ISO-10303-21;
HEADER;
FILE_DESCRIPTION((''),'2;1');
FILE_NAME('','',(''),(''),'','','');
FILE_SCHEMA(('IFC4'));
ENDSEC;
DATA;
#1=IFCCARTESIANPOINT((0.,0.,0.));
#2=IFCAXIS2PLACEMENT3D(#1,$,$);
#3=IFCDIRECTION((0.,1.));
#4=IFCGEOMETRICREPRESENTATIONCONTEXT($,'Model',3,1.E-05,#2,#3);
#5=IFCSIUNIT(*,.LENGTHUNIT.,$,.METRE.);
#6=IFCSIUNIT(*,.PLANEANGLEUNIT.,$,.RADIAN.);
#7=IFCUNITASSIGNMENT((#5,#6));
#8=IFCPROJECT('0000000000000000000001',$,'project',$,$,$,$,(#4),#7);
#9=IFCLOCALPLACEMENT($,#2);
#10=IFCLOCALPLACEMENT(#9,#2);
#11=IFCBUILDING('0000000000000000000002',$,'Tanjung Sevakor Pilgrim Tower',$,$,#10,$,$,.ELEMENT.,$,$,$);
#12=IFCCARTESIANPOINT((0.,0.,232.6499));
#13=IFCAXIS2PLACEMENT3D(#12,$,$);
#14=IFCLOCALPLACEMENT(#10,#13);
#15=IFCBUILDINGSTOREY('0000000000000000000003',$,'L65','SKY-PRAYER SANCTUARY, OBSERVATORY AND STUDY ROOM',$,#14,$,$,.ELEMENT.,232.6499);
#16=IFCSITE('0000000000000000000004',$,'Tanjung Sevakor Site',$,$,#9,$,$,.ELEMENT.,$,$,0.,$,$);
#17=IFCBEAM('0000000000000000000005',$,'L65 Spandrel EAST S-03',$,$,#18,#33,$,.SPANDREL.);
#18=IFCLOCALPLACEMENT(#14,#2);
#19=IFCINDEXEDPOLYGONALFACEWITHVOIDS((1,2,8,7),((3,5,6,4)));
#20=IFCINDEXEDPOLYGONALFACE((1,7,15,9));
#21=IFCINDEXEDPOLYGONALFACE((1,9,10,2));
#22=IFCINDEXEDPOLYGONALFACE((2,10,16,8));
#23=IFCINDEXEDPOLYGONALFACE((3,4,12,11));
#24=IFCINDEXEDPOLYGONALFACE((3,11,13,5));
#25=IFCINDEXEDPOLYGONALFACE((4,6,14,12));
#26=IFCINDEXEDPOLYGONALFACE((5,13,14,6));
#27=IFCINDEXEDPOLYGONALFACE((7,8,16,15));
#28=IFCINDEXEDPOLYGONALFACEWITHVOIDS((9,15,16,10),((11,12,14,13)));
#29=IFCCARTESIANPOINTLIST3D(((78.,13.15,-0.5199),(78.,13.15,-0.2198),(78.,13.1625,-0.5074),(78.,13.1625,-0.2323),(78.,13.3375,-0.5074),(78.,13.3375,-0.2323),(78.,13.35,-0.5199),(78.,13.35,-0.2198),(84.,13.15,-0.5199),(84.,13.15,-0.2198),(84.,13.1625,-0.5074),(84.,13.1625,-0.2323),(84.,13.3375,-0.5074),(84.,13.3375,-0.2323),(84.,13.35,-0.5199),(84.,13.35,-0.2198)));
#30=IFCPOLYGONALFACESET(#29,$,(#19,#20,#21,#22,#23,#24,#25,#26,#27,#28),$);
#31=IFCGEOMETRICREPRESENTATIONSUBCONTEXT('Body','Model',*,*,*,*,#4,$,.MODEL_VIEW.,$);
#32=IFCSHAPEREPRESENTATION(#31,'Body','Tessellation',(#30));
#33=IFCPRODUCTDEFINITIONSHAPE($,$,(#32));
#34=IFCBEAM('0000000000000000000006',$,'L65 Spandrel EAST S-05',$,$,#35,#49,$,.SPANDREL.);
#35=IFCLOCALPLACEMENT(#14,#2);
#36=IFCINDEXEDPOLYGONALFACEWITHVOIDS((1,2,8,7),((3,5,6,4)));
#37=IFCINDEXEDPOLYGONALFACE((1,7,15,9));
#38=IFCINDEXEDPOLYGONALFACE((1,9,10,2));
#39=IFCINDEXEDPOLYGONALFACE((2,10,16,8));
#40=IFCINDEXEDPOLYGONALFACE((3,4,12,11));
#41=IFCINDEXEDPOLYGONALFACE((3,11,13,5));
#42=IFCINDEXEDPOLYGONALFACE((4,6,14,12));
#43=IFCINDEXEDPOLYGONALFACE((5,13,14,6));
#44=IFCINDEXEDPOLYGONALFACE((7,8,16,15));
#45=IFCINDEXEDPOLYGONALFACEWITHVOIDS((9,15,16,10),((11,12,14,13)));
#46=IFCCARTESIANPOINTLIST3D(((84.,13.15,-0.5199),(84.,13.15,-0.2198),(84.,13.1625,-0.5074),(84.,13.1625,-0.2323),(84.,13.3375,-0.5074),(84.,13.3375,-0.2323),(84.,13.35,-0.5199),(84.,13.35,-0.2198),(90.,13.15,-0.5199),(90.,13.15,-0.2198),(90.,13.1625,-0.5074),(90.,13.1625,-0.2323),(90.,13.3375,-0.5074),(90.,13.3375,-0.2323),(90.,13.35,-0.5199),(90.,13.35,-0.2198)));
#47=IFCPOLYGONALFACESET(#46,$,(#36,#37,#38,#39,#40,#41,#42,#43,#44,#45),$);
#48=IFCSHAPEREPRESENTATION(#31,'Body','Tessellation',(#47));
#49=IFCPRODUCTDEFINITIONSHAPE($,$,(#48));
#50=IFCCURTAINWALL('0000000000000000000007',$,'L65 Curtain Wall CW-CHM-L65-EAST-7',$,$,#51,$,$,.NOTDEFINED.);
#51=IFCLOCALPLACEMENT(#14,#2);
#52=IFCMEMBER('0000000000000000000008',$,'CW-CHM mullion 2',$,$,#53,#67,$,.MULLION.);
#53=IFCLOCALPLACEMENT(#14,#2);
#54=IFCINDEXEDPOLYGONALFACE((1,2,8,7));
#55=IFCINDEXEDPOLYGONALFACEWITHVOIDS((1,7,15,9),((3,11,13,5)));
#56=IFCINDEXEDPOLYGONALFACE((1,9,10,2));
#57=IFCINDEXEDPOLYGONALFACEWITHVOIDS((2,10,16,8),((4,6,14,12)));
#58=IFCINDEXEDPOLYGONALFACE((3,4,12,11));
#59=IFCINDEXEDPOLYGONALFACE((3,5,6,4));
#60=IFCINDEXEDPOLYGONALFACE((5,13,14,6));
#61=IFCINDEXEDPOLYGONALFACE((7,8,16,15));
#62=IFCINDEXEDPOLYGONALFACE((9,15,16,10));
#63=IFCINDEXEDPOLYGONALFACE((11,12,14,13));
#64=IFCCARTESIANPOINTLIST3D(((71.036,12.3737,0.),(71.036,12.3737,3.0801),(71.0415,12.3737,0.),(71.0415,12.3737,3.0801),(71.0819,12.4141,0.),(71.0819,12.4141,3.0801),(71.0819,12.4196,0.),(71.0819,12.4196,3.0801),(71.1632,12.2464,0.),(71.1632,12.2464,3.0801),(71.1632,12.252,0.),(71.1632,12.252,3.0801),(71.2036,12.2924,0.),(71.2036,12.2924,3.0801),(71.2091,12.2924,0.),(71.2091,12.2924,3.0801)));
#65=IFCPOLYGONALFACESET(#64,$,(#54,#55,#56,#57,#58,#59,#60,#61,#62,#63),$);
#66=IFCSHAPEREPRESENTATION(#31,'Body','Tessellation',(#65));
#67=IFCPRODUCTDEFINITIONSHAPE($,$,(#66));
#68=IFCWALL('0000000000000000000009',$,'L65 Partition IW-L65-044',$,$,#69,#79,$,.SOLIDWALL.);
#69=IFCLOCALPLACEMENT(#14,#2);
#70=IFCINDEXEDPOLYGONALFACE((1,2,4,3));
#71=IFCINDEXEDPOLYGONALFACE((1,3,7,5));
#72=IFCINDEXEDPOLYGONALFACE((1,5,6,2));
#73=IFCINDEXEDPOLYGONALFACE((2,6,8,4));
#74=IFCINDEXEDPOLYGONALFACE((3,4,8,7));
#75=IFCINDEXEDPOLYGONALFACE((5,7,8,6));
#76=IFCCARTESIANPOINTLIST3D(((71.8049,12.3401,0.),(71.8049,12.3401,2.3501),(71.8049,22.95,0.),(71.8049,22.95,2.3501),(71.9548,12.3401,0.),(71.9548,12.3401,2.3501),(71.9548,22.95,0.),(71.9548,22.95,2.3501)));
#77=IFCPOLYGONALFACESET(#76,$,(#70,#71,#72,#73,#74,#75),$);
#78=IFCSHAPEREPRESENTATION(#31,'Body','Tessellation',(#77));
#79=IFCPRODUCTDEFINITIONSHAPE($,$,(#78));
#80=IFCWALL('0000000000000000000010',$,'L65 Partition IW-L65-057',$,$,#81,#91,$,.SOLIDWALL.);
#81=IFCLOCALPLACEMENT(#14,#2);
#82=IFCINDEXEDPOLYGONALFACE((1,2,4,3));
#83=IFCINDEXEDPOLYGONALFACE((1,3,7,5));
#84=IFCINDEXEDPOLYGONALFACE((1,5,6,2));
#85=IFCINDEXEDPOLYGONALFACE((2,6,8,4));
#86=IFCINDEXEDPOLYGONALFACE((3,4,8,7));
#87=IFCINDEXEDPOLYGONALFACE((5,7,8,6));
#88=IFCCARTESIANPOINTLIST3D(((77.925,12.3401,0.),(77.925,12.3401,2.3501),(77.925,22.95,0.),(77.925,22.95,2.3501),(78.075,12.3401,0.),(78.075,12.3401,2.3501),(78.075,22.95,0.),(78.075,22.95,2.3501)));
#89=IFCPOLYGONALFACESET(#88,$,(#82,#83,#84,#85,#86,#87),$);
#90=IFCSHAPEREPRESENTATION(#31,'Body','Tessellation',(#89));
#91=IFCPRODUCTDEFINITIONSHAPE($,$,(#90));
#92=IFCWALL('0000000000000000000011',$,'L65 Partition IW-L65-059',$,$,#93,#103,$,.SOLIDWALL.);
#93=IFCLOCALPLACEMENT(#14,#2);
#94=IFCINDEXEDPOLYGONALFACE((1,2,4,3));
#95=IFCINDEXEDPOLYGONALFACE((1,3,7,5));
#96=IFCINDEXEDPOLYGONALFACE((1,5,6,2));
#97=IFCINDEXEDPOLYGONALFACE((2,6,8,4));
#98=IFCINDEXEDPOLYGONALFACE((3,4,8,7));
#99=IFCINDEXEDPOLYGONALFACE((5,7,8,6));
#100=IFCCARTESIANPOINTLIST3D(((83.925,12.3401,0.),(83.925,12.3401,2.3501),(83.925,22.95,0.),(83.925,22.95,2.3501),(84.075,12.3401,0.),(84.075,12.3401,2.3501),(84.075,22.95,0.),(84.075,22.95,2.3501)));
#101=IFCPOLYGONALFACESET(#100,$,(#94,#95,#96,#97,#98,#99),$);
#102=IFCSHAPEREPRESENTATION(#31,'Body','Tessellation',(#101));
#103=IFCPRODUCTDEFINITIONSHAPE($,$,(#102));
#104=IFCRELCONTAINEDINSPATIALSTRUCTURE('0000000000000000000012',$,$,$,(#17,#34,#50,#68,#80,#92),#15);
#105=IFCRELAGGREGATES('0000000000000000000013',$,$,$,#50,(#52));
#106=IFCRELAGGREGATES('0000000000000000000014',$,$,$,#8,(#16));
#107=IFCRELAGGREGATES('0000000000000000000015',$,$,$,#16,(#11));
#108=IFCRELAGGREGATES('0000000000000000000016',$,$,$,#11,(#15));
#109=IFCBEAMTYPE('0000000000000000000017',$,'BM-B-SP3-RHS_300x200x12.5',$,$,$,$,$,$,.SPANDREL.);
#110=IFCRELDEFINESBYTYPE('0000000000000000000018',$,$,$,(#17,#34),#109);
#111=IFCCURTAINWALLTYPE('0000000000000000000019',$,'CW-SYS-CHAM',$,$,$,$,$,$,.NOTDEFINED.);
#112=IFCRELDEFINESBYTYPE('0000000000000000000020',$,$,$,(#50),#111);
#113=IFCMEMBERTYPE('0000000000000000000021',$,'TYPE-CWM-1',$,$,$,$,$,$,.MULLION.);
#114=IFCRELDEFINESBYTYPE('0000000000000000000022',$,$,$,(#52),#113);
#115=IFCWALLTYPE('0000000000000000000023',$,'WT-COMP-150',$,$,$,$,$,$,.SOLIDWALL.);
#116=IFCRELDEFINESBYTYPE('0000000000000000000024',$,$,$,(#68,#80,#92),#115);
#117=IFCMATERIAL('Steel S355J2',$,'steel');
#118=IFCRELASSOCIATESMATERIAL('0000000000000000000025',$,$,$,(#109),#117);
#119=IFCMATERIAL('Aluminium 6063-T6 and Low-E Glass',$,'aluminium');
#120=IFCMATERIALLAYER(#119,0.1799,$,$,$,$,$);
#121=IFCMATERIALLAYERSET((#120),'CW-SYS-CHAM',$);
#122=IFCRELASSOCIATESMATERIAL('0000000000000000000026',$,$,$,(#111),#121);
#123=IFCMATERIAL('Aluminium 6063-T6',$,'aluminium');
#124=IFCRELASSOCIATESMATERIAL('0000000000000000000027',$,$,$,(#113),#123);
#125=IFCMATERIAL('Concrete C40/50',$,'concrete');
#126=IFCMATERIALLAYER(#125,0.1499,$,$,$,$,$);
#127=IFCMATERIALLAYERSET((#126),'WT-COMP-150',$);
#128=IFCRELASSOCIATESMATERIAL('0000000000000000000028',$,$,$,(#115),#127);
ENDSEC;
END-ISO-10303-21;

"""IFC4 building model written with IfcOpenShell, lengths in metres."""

from ifc_helpers import new_model, si_unit, direction, frame, frame_2d, origin, origin_2d, place, context, subcontext, project, spatial, rectangle, hollow_rectangle, extrude, material, layer, layer_set, material_profile, profile_set, type_object, element, aggregate, save


model = new_model("IFC4")

# Units and contexts
model_context = context("Model", 3, precision=1e-05, world=origin(), true_north=direction((0.0, 1.0)))
body_context = subcontext(model_context, "Body", "Model", "MODEL_VIEW")
ifc_project = project(units=[si_unit("LENGTHUNIT", "METRE"), si_unit("PLANEANGLEUNIT", "RADIAN")], contexts=[model_context])

# Site, building, storey
site_placement = place(None, origin())
site = spatial("IfcSite", under=ifc_project, at=site_placement, Name="Tanjung Sevakor Site", CompositionType="ELEMENT", RefElevation=0.0)
building_placement = place(site_placement, origin())
building = spatial("IfcBuilding", under=site, at=building_placement, Name="Tanjung Sevakor Pilgrim Tower", CompositionType="ELEMENT")
storey_placement = place(building_placement, frame((0.0, 0.0, 232.6499)))
storey = spatial("IfcBuildingStorey", under=building, at=storey_placement, Name="L65", Description="SKY-PRAYER SANCTUARY, OBSERVATORY AND STUDY ROOM", CompositionType="ELEMENT", Elevation=232.6499)

# Beams
ifc_material_1 = material(Name="Steel S355J2", Category="steel")
ifc_material_profile_1 = material_profile(ifc_material_1, hollow_rectangle(XDim=0.2, YDim=0.3, WallThickness=0.0125, at=origin_2d()))
ifc_profile_set_1 = profile_set([ifc_material_profile_1], Name="Steel S355J2")
beam_type_1 = type_object("IfcBeamType", Name="BM-B-SP3-RHS_300x200x12.5", PredefinedType="SPANDREL", material=ifc_profile_set_1)
for number, where, z_axis, x_axis, name in (
    (1, (78.0, 13.25, -0.3699), (1.0, 0.0, 0.0), (0.0, 1.0, 0.0), "L65 Spandrel EAST S-03"),
    (2, (84.0, 13.25, -0.3699), (1.0, 0.0, 0.0), (0.0, 1.0, 0.0), "L65 Spandrel EAST S-05"),
):
    element("IfcBeam", number, at=place(storey_placement, frame(where, z_axis=z_axis, x_axis=x_axis)), inside=storey, type_object=beam_type_1, Name=name, PredefinedType="SPANDREL", context=body_context, shape_type="SweptSolid", body=[
        extrude(hollow_rectangle(XDim=0.2, YDim=0.3, WallThickness=0.0125, at=origin_2d()), origin(), (0.0, 0.0, 1.0), 6.0),
    ])

# Curtain wall, member
ifc_material_2 = material(Name="Aluminium 6063-T6 and Low-E Glass", Category="aluminium")
ifc_layer_1 = layer(ifc_material_2, 0.1799)
ifc_layer_set_1 = layer_set([ifc_layer_1], Name="CW-SYS-CHAM")
curtain_wall_type = type_object("IfcCurtainWallType", Name="CW-SYS-CHAM", PredefinedType="NOTDEFINED", material=ifc_layer_set_1)
curtain_wall_placement = place(storey_placement, origin())
curtain_wall = element("IfcCurtainWall", 3, at=curtain_wall_placement, inside=storey, type_object=curtain_wall_type, Name="L65 Curtain Wall CW-CHM-L65-EAST-7", PredefinedType="NOTDEFINED")
ifc_material_3 = material(Name="Aluminium 6063-T6", Category="aluminium")
ifc_material_profile_2 = material_profile(ifc_material_3, hollow_rectangle(XDim=0.0649, YDim=0.1799, WallThickness=0.0039, at=origin_2d()))
ifc_profile_set_2 = profile_set([ifc_material_profile_2], Name="Aluminium 6063-T6")
member_type = type_object("IfcMemberType", Name="TYPE-CWM-1", PredefinedType="MULLION", material=ifc_profile_set_2)
member_placement = place(storey_placement, frame((71.1226, 12.333, 0.0), z_axis=(0.0, 0.0, 1.0), x_axis=(0.707107, 0.707107, 0.0)))
member = element("IfcMember", 4, at=member_placement, type_object=member_type, Name="CW-CHM mullion 2", PredefinedType="MULLION", context=body_context, shape_type="SweptSolid", body=[
    extrude(hollow_rectangle(XDim=0.0649, YDim=0.1799, WallThickness=0.0039, at=origin_2d()), origin(), (0.0, 0.0, 1.0), 3.0801),
])
aggregate(curtain_wall, [member])

# Walls
ifc_material_4 = material(Name="Concrete C40/50", Category="concrete")
ifc_layer_2 = layer(ifc_material_4, 0.1499)
ifc_layer_set_2 = layer_set([ifc_layer_2], Name="WT-COMP-150")
wall_type_1 = type_object("IfcWallType", Name="WT-COMP-150", PredefinedType="SOLIDWALL", material=ifc_layer_set_2)
for number, where, z_axis, x_axis, name in (
    (5, (71.8799, 12.3401, 0.0), (0.0, 0.0, 1.0), (0.0, 1.0, 0.0), "L65 Partition IW-L65-044"),
    (6, (78.0, 12.3401, 0.0), (0.0, 0.0, 1.0), (0.0, 1.0, 0.0), "L65 Partition IW-L65-057"),
    (7, (84.0, 12.3401, 0.0), (0.0, 0.0, 1.0), (0.0, 1.0, 0.0), "L65 Partition IW-L65-059"),
):
    element("IfcWall", number, at=place(storey_placement, frame(where, z_axis=z_axis, x_axis=x_axis)), inside=storey, type_object=wall_type_1, Name=name, PredefinedType="SOLIDWALL", context=body_context, shape_type="SweptSolid", body=[
        extrude(rectangle(XDim=10.6099, YDim=0.1499, at=frame_2d((5.3049, 0.0))), origin(), (0.0, 0.0, 1.0), 2.3501),
    ])

save(model, "model.ifc")
